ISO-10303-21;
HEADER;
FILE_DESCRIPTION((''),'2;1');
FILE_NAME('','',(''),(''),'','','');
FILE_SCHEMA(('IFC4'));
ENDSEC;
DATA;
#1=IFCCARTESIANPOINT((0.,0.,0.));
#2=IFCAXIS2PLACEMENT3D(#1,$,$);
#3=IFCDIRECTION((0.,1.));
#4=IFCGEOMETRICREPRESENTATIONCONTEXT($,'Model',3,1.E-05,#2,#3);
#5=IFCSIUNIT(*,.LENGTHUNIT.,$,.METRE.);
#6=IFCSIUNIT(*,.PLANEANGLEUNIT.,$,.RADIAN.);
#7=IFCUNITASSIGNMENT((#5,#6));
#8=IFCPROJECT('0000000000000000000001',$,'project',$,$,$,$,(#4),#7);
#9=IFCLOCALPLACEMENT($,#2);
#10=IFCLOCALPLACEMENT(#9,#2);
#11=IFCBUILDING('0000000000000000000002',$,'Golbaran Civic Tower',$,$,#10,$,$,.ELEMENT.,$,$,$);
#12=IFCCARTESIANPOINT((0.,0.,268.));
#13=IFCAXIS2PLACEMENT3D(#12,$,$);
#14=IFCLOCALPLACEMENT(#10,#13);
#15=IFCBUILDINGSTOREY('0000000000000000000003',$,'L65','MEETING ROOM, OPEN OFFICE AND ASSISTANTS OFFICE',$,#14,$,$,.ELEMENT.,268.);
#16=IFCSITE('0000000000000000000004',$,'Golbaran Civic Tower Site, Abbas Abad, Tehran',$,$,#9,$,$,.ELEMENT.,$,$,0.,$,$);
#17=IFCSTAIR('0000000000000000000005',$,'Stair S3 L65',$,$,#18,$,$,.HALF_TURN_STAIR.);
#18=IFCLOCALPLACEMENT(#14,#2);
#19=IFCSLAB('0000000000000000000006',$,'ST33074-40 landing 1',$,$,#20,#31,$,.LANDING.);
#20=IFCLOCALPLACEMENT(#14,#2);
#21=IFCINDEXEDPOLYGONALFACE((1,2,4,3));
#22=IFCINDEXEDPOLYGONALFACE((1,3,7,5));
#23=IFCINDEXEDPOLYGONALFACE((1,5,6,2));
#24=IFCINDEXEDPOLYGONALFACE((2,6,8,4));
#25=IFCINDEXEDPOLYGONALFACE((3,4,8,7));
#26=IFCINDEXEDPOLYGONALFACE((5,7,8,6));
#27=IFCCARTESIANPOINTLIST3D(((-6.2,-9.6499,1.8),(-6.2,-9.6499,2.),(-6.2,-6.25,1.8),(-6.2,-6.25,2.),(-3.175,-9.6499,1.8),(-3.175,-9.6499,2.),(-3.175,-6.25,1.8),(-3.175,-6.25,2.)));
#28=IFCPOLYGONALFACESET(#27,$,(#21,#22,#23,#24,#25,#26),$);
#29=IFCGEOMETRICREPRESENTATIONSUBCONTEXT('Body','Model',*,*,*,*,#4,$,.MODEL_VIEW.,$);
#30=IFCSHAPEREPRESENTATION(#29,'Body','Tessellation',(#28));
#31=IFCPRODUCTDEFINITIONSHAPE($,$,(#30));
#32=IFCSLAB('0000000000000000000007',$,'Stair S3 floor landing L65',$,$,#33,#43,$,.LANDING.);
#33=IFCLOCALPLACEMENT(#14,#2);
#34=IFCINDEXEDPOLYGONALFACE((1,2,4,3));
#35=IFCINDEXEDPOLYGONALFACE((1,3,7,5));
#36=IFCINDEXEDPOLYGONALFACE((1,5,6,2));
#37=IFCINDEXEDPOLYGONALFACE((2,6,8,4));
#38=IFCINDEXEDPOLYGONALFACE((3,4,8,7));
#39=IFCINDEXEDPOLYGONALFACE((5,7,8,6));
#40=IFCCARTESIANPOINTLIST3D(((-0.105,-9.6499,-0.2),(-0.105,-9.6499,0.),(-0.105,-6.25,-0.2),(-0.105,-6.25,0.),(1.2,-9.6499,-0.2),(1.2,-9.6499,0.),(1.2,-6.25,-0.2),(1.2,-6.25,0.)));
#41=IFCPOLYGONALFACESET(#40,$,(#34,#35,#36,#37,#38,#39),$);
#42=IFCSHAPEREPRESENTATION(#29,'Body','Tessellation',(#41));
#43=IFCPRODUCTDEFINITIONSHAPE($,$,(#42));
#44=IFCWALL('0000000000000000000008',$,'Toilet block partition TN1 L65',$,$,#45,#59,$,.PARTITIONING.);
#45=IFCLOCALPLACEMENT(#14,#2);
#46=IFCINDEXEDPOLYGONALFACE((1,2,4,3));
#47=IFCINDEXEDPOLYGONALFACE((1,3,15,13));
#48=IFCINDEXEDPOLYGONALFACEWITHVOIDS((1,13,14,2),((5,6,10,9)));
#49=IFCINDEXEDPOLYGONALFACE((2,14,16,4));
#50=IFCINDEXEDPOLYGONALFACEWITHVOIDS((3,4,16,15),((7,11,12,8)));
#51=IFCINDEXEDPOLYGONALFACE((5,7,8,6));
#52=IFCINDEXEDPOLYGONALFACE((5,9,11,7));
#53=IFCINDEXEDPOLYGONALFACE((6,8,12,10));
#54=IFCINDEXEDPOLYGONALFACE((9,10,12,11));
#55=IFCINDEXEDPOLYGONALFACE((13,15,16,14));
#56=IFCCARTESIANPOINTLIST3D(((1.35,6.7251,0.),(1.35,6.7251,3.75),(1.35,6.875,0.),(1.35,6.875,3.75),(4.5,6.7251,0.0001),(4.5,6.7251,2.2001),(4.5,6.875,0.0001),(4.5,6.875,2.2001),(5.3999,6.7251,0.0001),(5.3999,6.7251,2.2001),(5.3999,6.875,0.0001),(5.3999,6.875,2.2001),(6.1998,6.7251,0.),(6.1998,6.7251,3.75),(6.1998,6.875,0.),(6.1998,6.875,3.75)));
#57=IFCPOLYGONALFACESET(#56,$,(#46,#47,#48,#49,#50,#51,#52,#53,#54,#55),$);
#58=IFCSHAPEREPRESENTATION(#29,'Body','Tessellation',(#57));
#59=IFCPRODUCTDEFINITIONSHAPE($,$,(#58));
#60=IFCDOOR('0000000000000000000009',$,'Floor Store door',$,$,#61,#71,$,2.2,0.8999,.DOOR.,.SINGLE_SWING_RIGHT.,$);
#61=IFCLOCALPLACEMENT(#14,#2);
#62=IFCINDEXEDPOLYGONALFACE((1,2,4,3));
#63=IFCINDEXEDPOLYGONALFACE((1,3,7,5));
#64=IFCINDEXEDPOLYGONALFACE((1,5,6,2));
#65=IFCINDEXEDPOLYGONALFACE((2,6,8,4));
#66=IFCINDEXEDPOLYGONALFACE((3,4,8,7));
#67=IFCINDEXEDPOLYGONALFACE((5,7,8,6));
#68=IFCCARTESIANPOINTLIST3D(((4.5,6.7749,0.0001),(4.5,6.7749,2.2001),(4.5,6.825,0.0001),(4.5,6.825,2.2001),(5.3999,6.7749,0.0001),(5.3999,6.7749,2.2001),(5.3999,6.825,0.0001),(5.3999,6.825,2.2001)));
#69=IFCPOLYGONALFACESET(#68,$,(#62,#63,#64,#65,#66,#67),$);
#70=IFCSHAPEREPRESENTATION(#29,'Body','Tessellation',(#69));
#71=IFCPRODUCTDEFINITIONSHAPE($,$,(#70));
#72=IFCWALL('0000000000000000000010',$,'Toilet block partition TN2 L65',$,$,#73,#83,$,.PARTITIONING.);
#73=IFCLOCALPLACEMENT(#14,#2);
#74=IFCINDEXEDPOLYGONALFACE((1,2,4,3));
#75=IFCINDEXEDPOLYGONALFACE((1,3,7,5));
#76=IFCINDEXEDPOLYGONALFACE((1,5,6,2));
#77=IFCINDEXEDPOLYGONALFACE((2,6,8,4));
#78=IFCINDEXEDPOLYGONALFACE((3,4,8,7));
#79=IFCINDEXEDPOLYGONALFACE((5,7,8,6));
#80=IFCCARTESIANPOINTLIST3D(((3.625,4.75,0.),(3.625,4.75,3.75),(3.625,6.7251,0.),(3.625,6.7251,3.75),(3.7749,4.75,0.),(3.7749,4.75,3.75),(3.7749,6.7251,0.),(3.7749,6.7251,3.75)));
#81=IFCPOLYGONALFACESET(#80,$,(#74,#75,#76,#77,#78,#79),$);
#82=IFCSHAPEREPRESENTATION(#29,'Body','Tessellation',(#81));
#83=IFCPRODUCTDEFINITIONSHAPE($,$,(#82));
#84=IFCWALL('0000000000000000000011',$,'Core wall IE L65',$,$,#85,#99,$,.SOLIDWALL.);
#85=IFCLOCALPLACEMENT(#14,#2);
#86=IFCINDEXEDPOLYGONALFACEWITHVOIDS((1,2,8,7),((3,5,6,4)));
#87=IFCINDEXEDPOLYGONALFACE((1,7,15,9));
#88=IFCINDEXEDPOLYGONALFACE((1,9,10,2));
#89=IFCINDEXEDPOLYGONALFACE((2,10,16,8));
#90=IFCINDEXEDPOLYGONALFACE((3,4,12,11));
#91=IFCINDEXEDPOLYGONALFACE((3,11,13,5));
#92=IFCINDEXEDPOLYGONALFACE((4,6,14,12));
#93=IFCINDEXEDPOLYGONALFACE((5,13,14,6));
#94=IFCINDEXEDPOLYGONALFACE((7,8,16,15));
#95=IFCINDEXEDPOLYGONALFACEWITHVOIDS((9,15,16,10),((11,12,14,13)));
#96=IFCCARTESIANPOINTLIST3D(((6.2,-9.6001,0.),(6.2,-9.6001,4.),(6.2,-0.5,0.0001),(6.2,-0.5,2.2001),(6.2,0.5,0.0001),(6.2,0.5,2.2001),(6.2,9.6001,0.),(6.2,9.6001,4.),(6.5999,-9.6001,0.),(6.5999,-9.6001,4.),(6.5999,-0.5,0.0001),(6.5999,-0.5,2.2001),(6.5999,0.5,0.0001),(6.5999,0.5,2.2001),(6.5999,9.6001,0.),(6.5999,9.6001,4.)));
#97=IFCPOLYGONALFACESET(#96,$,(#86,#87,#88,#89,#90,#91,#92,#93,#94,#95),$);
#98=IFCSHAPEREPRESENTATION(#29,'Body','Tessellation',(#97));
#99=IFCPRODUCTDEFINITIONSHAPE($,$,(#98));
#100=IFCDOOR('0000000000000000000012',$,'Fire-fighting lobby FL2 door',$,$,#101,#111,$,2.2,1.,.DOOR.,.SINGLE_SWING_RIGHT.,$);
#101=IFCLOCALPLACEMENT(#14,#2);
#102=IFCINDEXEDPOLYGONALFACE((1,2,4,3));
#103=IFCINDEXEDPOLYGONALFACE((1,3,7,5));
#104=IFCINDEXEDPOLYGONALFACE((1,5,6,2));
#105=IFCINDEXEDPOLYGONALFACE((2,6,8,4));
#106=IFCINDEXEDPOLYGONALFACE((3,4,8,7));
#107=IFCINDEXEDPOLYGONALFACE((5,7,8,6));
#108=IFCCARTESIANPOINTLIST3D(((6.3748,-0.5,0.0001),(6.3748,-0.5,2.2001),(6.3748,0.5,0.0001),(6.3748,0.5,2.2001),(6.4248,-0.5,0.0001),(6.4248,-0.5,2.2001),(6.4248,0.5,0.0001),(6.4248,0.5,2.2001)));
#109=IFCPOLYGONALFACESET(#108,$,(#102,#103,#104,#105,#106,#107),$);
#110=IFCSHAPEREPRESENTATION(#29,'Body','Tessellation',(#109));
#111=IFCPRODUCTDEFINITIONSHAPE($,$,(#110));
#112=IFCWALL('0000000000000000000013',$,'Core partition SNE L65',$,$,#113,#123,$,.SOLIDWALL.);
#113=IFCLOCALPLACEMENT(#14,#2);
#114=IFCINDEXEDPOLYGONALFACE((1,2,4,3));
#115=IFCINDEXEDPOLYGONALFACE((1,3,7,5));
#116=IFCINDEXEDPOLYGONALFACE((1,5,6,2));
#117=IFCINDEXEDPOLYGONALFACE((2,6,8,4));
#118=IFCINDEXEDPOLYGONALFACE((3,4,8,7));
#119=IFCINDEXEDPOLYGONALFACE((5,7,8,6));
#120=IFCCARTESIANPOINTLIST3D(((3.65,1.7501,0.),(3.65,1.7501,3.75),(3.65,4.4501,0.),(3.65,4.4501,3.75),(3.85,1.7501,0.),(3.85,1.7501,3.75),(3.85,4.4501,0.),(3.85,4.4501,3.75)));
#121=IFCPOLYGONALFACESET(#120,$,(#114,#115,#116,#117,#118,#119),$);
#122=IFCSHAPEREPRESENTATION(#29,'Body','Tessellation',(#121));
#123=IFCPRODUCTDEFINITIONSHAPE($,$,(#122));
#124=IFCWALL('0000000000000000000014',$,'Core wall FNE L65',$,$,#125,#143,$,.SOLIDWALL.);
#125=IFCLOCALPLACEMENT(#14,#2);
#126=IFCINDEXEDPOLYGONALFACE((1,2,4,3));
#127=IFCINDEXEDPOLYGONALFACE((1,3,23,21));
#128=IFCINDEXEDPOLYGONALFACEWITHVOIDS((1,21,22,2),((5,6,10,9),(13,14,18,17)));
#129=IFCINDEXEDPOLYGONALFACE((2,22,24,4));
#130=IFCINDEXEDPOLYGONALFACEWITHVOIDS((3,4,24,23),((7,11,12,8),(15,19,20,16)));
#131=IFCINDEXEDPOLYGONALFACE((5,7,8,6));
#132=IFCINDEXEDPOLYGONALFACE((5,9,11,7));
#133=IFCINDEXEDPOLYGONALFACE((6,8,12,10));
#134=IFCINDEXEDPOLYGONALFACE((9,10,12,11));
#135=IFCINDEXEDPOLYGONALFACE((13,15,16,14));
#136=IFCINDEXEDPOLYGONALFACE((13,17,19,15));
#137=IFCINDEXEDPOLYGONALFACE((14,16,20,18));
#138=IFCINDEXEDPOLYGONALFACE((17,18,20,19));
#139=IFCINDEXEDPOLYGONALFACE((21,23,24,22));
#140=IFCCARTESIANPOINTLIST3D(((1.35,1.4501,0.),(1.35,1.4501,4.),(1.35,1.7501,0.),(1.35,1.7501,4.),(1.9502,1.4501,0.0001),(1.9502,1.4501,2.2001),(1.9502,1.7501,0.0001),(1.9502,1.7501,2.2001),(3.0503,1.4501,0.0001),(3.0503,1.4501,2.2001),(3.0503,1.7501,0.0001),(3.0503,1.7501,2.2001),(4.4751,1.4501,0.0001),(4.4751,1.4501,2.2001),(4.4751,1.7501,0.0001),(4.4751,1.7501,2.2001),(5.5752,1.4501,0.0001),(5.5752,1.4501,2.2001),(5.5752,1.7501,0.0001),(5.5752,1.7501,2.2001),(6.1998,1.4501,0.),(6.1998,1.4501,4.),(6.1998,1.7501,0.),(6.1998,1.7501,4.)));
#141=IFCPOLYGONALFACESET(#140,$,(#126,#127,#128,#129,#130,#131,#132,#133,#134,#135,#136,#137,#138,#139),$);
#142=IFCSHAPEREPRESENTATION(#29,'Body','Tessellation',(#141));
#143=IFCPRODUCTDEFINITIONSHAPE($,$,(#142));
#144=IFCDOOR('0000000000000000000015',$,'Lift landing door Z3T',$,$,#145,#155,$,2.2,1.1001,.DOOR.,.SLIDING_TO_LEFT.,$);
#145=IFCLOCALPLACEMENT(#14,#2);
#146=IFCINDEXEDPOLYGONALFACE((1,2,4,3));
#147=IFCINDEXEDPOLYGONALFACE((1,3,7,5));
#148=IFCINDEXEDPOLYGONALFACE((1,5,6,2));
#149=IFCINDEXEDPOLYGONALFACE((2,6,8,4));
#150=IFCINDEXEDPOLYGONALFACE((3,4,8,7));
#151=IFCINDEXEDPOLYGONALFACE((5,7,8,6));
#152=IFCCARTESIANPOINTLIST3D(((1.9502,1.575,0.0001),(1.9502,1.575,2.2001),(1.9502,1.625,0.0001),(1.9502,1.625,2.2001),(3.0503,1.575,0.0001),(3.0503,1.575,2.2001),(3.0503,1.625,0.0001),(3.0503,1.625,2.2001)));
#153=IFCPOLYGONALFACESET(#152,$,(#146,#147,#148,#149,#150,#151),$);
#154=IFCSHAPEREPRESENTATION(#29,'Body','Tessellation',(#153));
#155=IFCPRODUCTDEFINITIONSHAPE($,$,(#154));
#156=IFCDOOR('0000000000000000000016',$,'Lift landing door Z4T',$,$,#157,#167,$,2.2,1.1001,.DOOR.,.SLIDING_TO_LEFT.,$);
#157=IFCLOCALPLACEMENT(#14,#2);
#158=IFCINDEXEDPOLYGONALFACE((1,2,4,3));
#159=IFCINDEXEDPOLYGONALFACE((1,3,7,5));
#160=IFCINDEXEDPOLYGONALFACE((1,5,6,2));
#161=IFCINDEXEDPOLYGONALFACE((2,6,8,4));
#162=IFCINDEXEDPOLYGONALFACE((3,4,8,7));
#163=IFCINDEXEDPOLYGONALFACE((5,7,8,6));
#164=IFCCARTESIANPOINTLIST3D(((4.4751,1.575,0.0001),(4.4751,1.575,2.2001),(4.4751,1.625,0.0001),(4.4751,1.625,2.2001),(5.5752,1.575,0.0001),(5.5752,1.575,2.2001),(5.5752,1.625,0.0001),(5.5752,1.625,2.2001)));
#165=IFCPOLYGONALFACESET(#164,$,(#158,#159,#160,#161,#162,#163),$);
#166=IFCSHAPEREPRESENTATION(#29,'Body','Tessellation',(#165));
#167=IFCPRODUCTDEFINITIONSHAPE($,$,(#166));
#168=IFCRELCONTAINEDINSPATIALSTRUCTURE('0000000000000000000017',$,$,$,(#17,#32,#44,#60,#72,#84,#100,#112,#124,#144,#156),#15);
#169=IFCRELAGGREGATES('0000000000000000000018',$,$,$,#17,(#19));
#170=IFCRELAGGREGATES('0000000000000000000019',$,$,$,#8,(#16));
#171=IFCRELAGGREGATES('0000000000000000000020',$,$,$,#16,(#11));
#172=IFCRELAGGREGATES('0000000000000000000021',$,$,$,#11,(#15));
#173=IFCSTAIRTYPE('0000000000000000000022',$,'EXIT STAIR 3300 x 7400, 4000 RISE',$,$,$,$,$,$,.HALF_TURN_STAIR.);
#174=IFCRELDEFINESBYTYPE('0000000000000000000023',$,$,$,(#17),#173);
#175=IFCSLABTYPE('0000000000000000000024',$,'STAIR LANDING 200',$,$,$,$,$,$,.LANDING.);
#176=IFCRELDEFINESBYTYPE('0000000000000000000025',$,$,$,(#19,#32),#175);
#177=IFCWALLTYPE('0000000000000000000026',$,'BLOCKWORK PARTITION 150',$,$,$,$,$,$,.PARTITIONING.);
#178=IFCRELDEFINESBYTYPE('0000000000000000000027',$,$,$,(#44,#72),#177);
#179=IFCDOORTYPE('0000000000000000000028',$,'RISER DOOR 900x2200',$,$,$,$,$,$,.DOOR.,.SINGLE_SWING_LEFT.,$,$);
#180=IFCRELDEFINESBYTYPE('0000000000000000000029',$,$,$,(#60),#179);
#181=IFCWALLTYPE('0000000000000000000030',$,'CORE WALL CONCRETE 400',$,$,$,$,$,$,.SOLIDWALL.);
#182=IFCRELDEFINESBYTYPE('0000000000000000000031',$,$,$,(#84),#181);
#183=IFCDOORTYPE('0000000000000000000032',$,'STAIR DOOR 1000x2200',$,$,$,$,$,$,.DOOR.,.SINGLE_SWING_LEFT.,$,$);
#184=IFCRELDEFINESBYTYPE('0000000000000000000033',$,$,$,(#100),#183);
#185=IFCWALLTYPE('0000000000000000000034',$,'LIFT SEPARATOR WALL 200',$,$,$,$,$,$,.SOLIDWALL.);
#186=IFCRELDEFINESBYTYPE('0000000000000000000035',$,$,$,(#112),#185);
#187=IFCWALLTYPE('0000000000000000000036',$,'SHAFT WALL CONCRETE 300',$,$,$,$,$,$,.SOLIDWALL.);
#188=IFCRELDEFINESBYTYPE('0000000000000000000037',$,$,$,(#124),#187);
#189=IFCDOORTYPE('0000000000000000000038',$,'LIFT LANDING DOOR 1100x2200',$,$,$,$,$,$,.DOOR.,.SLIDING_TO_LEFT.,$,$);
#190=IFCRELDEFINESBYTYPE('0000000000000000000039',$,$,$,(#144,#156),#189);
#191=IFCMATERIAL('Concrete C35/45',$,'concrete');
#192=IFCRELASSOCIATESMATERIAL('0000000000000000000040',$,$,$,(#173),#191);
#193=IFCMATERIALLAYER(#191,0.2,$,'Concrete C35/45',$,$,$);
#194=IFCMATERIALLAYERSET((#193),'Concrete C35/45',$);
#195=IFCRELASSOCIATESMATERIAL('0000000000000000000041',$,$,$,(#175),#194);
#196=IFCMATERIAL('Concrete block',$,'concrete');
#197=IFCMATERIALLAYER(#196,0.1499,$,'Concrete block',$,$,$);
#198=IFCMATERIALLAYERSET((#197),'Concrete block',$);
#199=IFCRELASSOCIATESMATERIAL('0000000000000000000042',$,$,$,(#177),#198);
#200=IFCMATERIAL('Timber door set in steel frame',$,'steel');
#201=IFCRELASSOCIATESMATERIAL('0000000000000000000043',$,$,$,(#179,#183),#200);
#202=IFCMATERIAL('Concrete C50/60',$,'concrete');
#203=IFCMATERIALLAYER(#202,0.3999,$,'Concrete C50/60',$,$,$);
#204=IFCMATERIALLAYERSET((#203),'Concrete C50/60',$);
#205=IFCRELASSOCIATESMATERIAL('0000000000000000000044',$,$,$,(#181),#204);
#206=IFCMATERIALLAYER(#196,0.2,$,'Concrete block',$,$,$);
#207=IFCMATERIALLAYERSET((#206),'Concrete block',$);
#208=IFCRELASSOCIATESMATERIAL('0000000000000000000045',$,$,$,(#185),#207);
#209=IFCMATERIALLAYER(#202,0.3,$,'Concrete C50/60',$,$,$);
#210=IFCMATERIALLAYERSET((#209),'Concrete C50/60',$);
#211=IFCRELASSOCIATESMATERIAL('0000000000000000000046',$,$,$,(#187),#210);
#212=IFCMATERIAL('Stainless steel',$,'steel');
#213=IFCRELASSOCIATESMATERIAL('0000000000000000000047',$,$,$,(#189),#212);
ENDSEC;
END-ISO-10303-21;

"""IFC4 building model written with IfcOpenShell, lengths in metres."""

from ifc_helpers import new_model, si_unit, direction, frame, frame_2d, origin, place, context, subcontext, project, spatial, polyline, rectangle, outline, extrude, material, layer, layer_set, type_object, element, fill, aggregate, save


model = new_model("IFC4")

# Units and contexts
model_context = context("Model", 3, precision=1e-05, world=origin(), true_north=direction((0.0, 1.0)))
body_context = subcontext(model_context, "Body", "Model", "MODEL_VIEW")
ifc_project = project(units=[si_unit("LENGTHUNIT", "METRE"), si_unit("PLANEANGLEUNIT", "RADIAN")], contexts=[model_context])

# Site, building, storey
site_placement = place(None, origin())
site = spatial("IfcSite", under=ifc_project, at=site_placement, Name="Golbaran Civic Tower Site, Abbas Abad, Tehran", CompositionType="ELEMENT", RefElevation=0.0)
building_placement = place(site_placement, origin())
building = spatial("IfcBuilding", under=site, at=building_placement, Name="Golbaran Civic Tower", CompositionType="ELEMENT")
storey_placement = place(building_placement, frame((0.0, 0.0, 268.0)))
storey = spatial("IfcBuildingStorey", under=building, at=storey_placement, Name="L65", Description="MEETING ROOM, OPEN OFFICE AND ASSISTANTS OFFICE", CompositionType="ELEMENT", Elevation=268.0)

# Stair, slab
ifc_material_1 = material(Name="Concrete C35/45", Category="concrete")
stair_type = type_object("IfcStairType", Name="EXIT STAIR 3300 x 7400, 4000 RISE", PredefinedType="HALF_TURN_STAIR", material=ifc_material_1)
stair_placement = place(storey_placement, origin())
stair = element("IfcStair", 1, at=stair_placement, inside=storey, type_object=stair_type, Name="Stair S3 L65", PredefinedType="HALF_TURN_STAIR")
ifc_layer_1 = layer(ifc_material_1, 0.2, Name="Concrete C35/45")
ifc_layer_set_1 = layer_set([ifc_layer_1], Name="Concrete C35/45")
slab_type = type_object("IfcSlabType", Name="STAIR LANDING 200", PredefinedType="LANDING", material=ifc_layer_set_1)
slab_1_placement = place(storey_placement, frame((0.0, 0.0, 1.8)))
slab_1 = element("IfcSlab", 2, at=slab_1_placement, type_object=slab_type, Name="ST33074-40 landing 1", PredefinedType="LANDING", context=body_context, shape_type="SweptSolid", body=[
    extrude(outline(polyline([(-3.175, -9.6499), (-6.2, -9.6499), (-6.2, -6.25), (-3.175, -6.25), (-3.175, -9.6499)])), origin(), (0.0, 0.0, 1.0), 0.2),
])
aggregate(stair, [slab_1])

# Slab
slab_2_placement = place(storey_placement, frame((0.0, 0.0, -0.2)))
element("IfcSlab", 3, at=slab_2_placement, inside=storey, type_object=slab_type, Name="Stair S3 floor landing L65", PredefinedType="LANDING", context=body_context, shape_type="SweptSolid", body=[
    extrude(outline(polyline([(1.2, -9.6499), (-0.105, -9.6499), (-0.105, -6.25), (1.2, -6.25), (1.2, -9.6499)])), origin(), (0.0, 0.0, 1.0), 0.2),
])

# Wall, opening, door
ifc_material_2 = material(Name="Concrete block", Category="concrete")
ifc_layer_2 = layer(ifc_material_2, 0.1499, Name="Concrete block")
ifc_layer_set_2 = layer_set([ifc_layer_2], Name="Concrete block")
wall_type_1 = type_object("IfcWallType", Name="BLOCKWORK PARTITION 150", PredefinedType="PARTITIONING", material=ifc_layer_set_2)
wall_1_placement = place(storey_placement, frame((1.3501, 6.8, 0.0), z_axis=(0.0, 0.0, 1.0), x_axis=(1.0, 0.0, 0.0)))
wall_1 = element("IfcWall", 4, at=wall_1_placement, inside=storey, type_object=wall_type_1, Name="Toilet block partition TN1 L65", PredefinedType="PARTITIONING", context=body_context, shape_type="SweptSolid", body=[
    extrude(rectangle(XDim=4.8499, YDim=0.1499, at=frame_2d((2.4248, 0.0))), origin(), (0.0, 0.0, 1.0), 3.75),
])
opening_1_placement = place(wall_1_placement, frame((3.1499, 0.0, 0.0)))
opening_1 = element("IfcOpeningElement", 5, at=opening_1_placement, cuts=wall_1, PredefinedType="OPENING", context=body_context, shape_type="SweptSolid", body=[
    extrude(rectangle(XDim=0.8999, YDim=2.2, at=frame_2d((0.45, 1.1001))), frame((0.0, 0.085, 0.0), z_axis=(0.0, -1.0, 0.0), x_axis=(1.0, 0.0, 0.0)), (0.0, 0.0, 1.0), 0.1699),
])
ifc_material_3 = material(Name="Timber door set in steel frame", Category="steel")
door_type_1 = type_object("IfcDoorType", Name="RISER DOOR 900x2200", OperationType="SINGLE_SWING_LEFT", PredefinedType="DOOR", material=ifc_material_3)
door_1_placement = place(opening_1_placement, origin())
door_1 = element("IfcDoor", 6, at=door_1_placement, inside=storey, type_object=door_type_1, Name="Floor Store door", OperationType="SINGLE_SWING_RIGHT", OverallHeight=2.2, OverallWidth=0.8999, PredefinedType="DOOR", context=body_context, shape_type="SweptSolid", body=[
    extrude(rectangle(XDim=0.8999, YDim=2.2, at=frame_2d((0.45, 1.1001))), frame((0.0, 0.0249, 0.0), z_axis=(0.0, -1.0, 0.0), x_axis=(1.0, 0.0, 0.0)), (0.0, 0.0, 1.0), 0.05),
])
fill(opening_1, door_1)

# Wall
wall_2_placement = place(storey_placement, frame((3.7, 4.75, 0.0), z_axis=(0.0, 0.0, 1.0), x_axis=(0.0, 1.0, 0.0)))
element("IfcWall", 7, at=wall_2_placement, inside=storey, type_object=wall_type_1, Name="Toilet block partition TN2 L65", PredefinedType="PARTITIONING", context=body_context, shape_type="SweptSolid", body=[
    extrude(rectangle(XDim=1.9751, YDim=0.1499, at=frame_2d((0.9875, 0.0))), origin(), (0.0, 0.0, 1.0), 3.75),
])

# Wall, opening, door
ifc_material_4 = material(Name="Concrete C50/60", Category="concrete")
ifc_layer_3 = layer(ifc_material_4, 0.3999, Name="Concrete C50/60")
ifc_layer_set_3 = layer_set([ifc_layer_3], Name="Concrete C50/60")
wall_type_2 = type_object("IfcWallType", Name="CORE WALL CONCRETE 400", PredefinedType="SOLIDWALL", material=ifc_layer_set_3)
wall_3_placement = place(storey_placement, frame((6.3999, 9.6001, 0.0), z_axis=(0.0, 0.0, 1.0), x_axis=(0.0, -1.0, 0.0)))
wall_3 = element("IfcWall", 8, at=wall_3_placement, inside=storey, type_object=wall_type_2, Name="Core wall IE L65", PredefinedType="SOLIDWALL", context=body_context, shape_type="SweptSolid", body=[
    extrude(rectangle(XDim=19.2002, YDim=0.3999, at=frame_2d((9.6001, 0.0))), origin(), (0.0, 0.0, 1.0), 4.0),
])
opening_2_placement = place(wall_3_placement, frame((9.1001, 0.0, 0.0)))
opening_2 = element("IfcOpeningElement", 9, at=opening_2_placement, cuts=wall_3, PredefinedType="OPENING", context=body_context, shape_type="SweptSolid", body=[
    extrude(rectangle(XDim=1.0, YDim=2.2, at=frame_2d((0.5, 1.1001))), frame((0.0, 0.21, 0.0), z_axis=(0.0, -1.0, 0.0), x_axis=(1.0, 0.0, 0.0)), (0.0, 0.0, 1.0), 0.4199),
])
door_type_2 = type_object("IfcDoorType", Name="STAIR DOOR 1000x2200", OperationType="SINGLE_SWING_LEFT", PredefinedType="DOOR", material=ifc_material_3)
door_2_placement = place(opening_2_placement, origin())
door_2 = element("IfcDoor", 10, at=door_2_placement, inside=storey, type_object=door_type_2, Name="Fire-fighting lobby FL2 door", OperationType="SINGLE_SWING_RIGHT", OverallHeight=2.2, OverallWidth=1.0, PredefinedType="DOOR", context=body_context, shape_type="SweptSolid", body=[
    extrude(rectangle(XDim=1.0, YDim=2.2, at=frame_2d((0.5, 1.1001))), frame((0.0, 0.0249, 0.0), z_axis=(0.0, -1.0, 0.0), x_axis=(1.0, 0.0, 0.0)), (0.0, 0.0, 1.0), 0.05),
])
fill(opening_2, door_2)

# Wall
ifc_layer_4 = layer(ifc_material_2, 0.2, Name="Concrete block")
ifc_layer_set_4 = layer_set([ifc_layer_4], Name="Concrete block")
wall_type_3 = type_object("IfcWallType", Name="LIFT SEPARATOR WALL 200", PredefinedType="SOLIDWALL", material=ifc_layer_set_4)
wall_4_placement = place(storey_placement, frame((3.75, 1.75, 0.0), z_axis=(0.0, 0.0, 1.0), x_axis=(0.0, 1.0, 0.0)))
element("IfcWall", 11, at=wall_4_placement, inside=storey, type_object=wall_type_3, Name="Core partition SNE L65", PredefinedType="SOLIDWALL", context=body_context, shape_type="SweptSolid", body=[
    extrude(rectangle(XDim=2.7, YDim=0.2, at=frame_2d((1.3501, 0.0))), origin(), (0.0, 0.0, 1.0), 3.75),
])

# Wall, openings, doors
ifc_layer_5 = layer(ifc_material_4, 0.3, Name="Concrete C50/60")
ifc_layer_set_5 = layer_set([ifc_layer_5], Name="Concrete C50/60")
wall_type_4 = type_object("IfcWallType", Name="SHAFT WALL CONCRETE 300", PredefinedType="SOLIDWALL", material=ifc_layer_set_5)
wall_5_placement = place(storey_placement, frame((1.3501, 1.6001, 0.0), z_axis=(0.0, 0.0, 1.0), x_axis=(1.0, 0.0, 0.0)))
wall_5 = element("IfcWall", 12, at=wall_5_placement, inside=storey, type_object=wall_type_4, Name="Core wall FNE L65", PredefinedType="SOLIDWALL", context=body_context, shape_type="SweptSolid", body=[
    extrude(rectangle(XDim=4.8499, YDim=0.3, at=frame_2d((2.4248, 0.0))), origin(), (0.0, 0.0, 1.0), 4.0),
])
opening_3_placement = place(wall_5_placement, frame((0.6001, 0.0, 0.0)))
opening_3 = element("IfcOpeningElement", 13, at=opening_3_placement, cuts=wall_5, PredefinedType="OPENING", context=body_context, shape_type="SweptSolid", body=[
    extrude(rectangle(XDim=1.1001, YDim=2.2, at=frame_2d((0.55, 1.1001))), frame((0.0, 0.1599, 0.0), z_axis=(0.0, -1.0, 0.0), x_axis=(1.0, 0.0, 0.0)), (0.0, 0.0, 1.0), 0.3201),
])
opening_4_placement = place(wall_5_placement, frame((3.125, 0.0, 0.0)))
opening_4 = element("IfcOpeningElement", 14, at=opening_4_placement, cuts=wall_5, PredefinedType="OPENING", context=body_context, shape_type="SweptSolid", body=[
    extrude(rectangle(XDim=1.1001, YDim=2.2, at=frame_2d((0.55, 1.1001))), frame((0.0, 0.1599, 0.0), z_axis=(0.0, -1.0, 0.0), x_axis=(1.0, 0.0, 0.0)), (0.0, 0.0, 1.0), 0.3201),
])
ifc_material_5 = material(Name="Stainless steel", Category="steel")
door_type_3 = type_object("IfcDoorType", Name="LIFT LANDING DOOR 1100x2200", OperationType="SLIDING_TO_LEFT", PredefinedType="DOOR", material=ifc_material_5)
door_3_placement = place(opening_3_placement, origin())
door_3 = element("IfcDoor", 15, at=door_3_placement, inside=storey, type_object=door_type_3, Name="Lift landing door Z3T", OperationType="SLIDING_TO_LEFT", OverallHeight=2.2, OverallWidth=1.1001, PredefinedType="DOOR", context=body_context, shape_type="SweptSolid", body=[
    extrude(rectangle(XDim=1.1001, YDim=2.2, at=frame_2d((0.55, 1.1001))), frame((0.0, 0.0249, 0.0), z_axis=(0.0, -1.0, 0.0), x_axis=(1.0, 0.0, 0.0)), (0.0, 0.0, 1.0), 0.05),
])
fill(opening_3, door_3)
door_4_placement = place(opening_4_placement, origin())
door_4 = element("IfcDoor", 16, at=door_4_placement, inside=storey, type_object=door_type_3, Name="Lift landing door Z4T", OperationType="SLIDING_TO_LEFT", OverallHeight=2.2, OverallWidth=1.1001, PredefinedType="DOOR", context=body_context, shape_type="SweptSolid", body=[
    extrude(rectangle(XDim=1.1001, YDim=2.2, at=frame_2d((0.55, 1.1001))), frame((0.0, 0.0249, 0.0), z_axis=(0.0, -1.0, 0.0), x_axis=(1.0, 0.0, 0.0)), (0.0, 0.0, 1.0), 0.05),
])
fill(opening_4, door_4)

save(model, "model.ifc")
